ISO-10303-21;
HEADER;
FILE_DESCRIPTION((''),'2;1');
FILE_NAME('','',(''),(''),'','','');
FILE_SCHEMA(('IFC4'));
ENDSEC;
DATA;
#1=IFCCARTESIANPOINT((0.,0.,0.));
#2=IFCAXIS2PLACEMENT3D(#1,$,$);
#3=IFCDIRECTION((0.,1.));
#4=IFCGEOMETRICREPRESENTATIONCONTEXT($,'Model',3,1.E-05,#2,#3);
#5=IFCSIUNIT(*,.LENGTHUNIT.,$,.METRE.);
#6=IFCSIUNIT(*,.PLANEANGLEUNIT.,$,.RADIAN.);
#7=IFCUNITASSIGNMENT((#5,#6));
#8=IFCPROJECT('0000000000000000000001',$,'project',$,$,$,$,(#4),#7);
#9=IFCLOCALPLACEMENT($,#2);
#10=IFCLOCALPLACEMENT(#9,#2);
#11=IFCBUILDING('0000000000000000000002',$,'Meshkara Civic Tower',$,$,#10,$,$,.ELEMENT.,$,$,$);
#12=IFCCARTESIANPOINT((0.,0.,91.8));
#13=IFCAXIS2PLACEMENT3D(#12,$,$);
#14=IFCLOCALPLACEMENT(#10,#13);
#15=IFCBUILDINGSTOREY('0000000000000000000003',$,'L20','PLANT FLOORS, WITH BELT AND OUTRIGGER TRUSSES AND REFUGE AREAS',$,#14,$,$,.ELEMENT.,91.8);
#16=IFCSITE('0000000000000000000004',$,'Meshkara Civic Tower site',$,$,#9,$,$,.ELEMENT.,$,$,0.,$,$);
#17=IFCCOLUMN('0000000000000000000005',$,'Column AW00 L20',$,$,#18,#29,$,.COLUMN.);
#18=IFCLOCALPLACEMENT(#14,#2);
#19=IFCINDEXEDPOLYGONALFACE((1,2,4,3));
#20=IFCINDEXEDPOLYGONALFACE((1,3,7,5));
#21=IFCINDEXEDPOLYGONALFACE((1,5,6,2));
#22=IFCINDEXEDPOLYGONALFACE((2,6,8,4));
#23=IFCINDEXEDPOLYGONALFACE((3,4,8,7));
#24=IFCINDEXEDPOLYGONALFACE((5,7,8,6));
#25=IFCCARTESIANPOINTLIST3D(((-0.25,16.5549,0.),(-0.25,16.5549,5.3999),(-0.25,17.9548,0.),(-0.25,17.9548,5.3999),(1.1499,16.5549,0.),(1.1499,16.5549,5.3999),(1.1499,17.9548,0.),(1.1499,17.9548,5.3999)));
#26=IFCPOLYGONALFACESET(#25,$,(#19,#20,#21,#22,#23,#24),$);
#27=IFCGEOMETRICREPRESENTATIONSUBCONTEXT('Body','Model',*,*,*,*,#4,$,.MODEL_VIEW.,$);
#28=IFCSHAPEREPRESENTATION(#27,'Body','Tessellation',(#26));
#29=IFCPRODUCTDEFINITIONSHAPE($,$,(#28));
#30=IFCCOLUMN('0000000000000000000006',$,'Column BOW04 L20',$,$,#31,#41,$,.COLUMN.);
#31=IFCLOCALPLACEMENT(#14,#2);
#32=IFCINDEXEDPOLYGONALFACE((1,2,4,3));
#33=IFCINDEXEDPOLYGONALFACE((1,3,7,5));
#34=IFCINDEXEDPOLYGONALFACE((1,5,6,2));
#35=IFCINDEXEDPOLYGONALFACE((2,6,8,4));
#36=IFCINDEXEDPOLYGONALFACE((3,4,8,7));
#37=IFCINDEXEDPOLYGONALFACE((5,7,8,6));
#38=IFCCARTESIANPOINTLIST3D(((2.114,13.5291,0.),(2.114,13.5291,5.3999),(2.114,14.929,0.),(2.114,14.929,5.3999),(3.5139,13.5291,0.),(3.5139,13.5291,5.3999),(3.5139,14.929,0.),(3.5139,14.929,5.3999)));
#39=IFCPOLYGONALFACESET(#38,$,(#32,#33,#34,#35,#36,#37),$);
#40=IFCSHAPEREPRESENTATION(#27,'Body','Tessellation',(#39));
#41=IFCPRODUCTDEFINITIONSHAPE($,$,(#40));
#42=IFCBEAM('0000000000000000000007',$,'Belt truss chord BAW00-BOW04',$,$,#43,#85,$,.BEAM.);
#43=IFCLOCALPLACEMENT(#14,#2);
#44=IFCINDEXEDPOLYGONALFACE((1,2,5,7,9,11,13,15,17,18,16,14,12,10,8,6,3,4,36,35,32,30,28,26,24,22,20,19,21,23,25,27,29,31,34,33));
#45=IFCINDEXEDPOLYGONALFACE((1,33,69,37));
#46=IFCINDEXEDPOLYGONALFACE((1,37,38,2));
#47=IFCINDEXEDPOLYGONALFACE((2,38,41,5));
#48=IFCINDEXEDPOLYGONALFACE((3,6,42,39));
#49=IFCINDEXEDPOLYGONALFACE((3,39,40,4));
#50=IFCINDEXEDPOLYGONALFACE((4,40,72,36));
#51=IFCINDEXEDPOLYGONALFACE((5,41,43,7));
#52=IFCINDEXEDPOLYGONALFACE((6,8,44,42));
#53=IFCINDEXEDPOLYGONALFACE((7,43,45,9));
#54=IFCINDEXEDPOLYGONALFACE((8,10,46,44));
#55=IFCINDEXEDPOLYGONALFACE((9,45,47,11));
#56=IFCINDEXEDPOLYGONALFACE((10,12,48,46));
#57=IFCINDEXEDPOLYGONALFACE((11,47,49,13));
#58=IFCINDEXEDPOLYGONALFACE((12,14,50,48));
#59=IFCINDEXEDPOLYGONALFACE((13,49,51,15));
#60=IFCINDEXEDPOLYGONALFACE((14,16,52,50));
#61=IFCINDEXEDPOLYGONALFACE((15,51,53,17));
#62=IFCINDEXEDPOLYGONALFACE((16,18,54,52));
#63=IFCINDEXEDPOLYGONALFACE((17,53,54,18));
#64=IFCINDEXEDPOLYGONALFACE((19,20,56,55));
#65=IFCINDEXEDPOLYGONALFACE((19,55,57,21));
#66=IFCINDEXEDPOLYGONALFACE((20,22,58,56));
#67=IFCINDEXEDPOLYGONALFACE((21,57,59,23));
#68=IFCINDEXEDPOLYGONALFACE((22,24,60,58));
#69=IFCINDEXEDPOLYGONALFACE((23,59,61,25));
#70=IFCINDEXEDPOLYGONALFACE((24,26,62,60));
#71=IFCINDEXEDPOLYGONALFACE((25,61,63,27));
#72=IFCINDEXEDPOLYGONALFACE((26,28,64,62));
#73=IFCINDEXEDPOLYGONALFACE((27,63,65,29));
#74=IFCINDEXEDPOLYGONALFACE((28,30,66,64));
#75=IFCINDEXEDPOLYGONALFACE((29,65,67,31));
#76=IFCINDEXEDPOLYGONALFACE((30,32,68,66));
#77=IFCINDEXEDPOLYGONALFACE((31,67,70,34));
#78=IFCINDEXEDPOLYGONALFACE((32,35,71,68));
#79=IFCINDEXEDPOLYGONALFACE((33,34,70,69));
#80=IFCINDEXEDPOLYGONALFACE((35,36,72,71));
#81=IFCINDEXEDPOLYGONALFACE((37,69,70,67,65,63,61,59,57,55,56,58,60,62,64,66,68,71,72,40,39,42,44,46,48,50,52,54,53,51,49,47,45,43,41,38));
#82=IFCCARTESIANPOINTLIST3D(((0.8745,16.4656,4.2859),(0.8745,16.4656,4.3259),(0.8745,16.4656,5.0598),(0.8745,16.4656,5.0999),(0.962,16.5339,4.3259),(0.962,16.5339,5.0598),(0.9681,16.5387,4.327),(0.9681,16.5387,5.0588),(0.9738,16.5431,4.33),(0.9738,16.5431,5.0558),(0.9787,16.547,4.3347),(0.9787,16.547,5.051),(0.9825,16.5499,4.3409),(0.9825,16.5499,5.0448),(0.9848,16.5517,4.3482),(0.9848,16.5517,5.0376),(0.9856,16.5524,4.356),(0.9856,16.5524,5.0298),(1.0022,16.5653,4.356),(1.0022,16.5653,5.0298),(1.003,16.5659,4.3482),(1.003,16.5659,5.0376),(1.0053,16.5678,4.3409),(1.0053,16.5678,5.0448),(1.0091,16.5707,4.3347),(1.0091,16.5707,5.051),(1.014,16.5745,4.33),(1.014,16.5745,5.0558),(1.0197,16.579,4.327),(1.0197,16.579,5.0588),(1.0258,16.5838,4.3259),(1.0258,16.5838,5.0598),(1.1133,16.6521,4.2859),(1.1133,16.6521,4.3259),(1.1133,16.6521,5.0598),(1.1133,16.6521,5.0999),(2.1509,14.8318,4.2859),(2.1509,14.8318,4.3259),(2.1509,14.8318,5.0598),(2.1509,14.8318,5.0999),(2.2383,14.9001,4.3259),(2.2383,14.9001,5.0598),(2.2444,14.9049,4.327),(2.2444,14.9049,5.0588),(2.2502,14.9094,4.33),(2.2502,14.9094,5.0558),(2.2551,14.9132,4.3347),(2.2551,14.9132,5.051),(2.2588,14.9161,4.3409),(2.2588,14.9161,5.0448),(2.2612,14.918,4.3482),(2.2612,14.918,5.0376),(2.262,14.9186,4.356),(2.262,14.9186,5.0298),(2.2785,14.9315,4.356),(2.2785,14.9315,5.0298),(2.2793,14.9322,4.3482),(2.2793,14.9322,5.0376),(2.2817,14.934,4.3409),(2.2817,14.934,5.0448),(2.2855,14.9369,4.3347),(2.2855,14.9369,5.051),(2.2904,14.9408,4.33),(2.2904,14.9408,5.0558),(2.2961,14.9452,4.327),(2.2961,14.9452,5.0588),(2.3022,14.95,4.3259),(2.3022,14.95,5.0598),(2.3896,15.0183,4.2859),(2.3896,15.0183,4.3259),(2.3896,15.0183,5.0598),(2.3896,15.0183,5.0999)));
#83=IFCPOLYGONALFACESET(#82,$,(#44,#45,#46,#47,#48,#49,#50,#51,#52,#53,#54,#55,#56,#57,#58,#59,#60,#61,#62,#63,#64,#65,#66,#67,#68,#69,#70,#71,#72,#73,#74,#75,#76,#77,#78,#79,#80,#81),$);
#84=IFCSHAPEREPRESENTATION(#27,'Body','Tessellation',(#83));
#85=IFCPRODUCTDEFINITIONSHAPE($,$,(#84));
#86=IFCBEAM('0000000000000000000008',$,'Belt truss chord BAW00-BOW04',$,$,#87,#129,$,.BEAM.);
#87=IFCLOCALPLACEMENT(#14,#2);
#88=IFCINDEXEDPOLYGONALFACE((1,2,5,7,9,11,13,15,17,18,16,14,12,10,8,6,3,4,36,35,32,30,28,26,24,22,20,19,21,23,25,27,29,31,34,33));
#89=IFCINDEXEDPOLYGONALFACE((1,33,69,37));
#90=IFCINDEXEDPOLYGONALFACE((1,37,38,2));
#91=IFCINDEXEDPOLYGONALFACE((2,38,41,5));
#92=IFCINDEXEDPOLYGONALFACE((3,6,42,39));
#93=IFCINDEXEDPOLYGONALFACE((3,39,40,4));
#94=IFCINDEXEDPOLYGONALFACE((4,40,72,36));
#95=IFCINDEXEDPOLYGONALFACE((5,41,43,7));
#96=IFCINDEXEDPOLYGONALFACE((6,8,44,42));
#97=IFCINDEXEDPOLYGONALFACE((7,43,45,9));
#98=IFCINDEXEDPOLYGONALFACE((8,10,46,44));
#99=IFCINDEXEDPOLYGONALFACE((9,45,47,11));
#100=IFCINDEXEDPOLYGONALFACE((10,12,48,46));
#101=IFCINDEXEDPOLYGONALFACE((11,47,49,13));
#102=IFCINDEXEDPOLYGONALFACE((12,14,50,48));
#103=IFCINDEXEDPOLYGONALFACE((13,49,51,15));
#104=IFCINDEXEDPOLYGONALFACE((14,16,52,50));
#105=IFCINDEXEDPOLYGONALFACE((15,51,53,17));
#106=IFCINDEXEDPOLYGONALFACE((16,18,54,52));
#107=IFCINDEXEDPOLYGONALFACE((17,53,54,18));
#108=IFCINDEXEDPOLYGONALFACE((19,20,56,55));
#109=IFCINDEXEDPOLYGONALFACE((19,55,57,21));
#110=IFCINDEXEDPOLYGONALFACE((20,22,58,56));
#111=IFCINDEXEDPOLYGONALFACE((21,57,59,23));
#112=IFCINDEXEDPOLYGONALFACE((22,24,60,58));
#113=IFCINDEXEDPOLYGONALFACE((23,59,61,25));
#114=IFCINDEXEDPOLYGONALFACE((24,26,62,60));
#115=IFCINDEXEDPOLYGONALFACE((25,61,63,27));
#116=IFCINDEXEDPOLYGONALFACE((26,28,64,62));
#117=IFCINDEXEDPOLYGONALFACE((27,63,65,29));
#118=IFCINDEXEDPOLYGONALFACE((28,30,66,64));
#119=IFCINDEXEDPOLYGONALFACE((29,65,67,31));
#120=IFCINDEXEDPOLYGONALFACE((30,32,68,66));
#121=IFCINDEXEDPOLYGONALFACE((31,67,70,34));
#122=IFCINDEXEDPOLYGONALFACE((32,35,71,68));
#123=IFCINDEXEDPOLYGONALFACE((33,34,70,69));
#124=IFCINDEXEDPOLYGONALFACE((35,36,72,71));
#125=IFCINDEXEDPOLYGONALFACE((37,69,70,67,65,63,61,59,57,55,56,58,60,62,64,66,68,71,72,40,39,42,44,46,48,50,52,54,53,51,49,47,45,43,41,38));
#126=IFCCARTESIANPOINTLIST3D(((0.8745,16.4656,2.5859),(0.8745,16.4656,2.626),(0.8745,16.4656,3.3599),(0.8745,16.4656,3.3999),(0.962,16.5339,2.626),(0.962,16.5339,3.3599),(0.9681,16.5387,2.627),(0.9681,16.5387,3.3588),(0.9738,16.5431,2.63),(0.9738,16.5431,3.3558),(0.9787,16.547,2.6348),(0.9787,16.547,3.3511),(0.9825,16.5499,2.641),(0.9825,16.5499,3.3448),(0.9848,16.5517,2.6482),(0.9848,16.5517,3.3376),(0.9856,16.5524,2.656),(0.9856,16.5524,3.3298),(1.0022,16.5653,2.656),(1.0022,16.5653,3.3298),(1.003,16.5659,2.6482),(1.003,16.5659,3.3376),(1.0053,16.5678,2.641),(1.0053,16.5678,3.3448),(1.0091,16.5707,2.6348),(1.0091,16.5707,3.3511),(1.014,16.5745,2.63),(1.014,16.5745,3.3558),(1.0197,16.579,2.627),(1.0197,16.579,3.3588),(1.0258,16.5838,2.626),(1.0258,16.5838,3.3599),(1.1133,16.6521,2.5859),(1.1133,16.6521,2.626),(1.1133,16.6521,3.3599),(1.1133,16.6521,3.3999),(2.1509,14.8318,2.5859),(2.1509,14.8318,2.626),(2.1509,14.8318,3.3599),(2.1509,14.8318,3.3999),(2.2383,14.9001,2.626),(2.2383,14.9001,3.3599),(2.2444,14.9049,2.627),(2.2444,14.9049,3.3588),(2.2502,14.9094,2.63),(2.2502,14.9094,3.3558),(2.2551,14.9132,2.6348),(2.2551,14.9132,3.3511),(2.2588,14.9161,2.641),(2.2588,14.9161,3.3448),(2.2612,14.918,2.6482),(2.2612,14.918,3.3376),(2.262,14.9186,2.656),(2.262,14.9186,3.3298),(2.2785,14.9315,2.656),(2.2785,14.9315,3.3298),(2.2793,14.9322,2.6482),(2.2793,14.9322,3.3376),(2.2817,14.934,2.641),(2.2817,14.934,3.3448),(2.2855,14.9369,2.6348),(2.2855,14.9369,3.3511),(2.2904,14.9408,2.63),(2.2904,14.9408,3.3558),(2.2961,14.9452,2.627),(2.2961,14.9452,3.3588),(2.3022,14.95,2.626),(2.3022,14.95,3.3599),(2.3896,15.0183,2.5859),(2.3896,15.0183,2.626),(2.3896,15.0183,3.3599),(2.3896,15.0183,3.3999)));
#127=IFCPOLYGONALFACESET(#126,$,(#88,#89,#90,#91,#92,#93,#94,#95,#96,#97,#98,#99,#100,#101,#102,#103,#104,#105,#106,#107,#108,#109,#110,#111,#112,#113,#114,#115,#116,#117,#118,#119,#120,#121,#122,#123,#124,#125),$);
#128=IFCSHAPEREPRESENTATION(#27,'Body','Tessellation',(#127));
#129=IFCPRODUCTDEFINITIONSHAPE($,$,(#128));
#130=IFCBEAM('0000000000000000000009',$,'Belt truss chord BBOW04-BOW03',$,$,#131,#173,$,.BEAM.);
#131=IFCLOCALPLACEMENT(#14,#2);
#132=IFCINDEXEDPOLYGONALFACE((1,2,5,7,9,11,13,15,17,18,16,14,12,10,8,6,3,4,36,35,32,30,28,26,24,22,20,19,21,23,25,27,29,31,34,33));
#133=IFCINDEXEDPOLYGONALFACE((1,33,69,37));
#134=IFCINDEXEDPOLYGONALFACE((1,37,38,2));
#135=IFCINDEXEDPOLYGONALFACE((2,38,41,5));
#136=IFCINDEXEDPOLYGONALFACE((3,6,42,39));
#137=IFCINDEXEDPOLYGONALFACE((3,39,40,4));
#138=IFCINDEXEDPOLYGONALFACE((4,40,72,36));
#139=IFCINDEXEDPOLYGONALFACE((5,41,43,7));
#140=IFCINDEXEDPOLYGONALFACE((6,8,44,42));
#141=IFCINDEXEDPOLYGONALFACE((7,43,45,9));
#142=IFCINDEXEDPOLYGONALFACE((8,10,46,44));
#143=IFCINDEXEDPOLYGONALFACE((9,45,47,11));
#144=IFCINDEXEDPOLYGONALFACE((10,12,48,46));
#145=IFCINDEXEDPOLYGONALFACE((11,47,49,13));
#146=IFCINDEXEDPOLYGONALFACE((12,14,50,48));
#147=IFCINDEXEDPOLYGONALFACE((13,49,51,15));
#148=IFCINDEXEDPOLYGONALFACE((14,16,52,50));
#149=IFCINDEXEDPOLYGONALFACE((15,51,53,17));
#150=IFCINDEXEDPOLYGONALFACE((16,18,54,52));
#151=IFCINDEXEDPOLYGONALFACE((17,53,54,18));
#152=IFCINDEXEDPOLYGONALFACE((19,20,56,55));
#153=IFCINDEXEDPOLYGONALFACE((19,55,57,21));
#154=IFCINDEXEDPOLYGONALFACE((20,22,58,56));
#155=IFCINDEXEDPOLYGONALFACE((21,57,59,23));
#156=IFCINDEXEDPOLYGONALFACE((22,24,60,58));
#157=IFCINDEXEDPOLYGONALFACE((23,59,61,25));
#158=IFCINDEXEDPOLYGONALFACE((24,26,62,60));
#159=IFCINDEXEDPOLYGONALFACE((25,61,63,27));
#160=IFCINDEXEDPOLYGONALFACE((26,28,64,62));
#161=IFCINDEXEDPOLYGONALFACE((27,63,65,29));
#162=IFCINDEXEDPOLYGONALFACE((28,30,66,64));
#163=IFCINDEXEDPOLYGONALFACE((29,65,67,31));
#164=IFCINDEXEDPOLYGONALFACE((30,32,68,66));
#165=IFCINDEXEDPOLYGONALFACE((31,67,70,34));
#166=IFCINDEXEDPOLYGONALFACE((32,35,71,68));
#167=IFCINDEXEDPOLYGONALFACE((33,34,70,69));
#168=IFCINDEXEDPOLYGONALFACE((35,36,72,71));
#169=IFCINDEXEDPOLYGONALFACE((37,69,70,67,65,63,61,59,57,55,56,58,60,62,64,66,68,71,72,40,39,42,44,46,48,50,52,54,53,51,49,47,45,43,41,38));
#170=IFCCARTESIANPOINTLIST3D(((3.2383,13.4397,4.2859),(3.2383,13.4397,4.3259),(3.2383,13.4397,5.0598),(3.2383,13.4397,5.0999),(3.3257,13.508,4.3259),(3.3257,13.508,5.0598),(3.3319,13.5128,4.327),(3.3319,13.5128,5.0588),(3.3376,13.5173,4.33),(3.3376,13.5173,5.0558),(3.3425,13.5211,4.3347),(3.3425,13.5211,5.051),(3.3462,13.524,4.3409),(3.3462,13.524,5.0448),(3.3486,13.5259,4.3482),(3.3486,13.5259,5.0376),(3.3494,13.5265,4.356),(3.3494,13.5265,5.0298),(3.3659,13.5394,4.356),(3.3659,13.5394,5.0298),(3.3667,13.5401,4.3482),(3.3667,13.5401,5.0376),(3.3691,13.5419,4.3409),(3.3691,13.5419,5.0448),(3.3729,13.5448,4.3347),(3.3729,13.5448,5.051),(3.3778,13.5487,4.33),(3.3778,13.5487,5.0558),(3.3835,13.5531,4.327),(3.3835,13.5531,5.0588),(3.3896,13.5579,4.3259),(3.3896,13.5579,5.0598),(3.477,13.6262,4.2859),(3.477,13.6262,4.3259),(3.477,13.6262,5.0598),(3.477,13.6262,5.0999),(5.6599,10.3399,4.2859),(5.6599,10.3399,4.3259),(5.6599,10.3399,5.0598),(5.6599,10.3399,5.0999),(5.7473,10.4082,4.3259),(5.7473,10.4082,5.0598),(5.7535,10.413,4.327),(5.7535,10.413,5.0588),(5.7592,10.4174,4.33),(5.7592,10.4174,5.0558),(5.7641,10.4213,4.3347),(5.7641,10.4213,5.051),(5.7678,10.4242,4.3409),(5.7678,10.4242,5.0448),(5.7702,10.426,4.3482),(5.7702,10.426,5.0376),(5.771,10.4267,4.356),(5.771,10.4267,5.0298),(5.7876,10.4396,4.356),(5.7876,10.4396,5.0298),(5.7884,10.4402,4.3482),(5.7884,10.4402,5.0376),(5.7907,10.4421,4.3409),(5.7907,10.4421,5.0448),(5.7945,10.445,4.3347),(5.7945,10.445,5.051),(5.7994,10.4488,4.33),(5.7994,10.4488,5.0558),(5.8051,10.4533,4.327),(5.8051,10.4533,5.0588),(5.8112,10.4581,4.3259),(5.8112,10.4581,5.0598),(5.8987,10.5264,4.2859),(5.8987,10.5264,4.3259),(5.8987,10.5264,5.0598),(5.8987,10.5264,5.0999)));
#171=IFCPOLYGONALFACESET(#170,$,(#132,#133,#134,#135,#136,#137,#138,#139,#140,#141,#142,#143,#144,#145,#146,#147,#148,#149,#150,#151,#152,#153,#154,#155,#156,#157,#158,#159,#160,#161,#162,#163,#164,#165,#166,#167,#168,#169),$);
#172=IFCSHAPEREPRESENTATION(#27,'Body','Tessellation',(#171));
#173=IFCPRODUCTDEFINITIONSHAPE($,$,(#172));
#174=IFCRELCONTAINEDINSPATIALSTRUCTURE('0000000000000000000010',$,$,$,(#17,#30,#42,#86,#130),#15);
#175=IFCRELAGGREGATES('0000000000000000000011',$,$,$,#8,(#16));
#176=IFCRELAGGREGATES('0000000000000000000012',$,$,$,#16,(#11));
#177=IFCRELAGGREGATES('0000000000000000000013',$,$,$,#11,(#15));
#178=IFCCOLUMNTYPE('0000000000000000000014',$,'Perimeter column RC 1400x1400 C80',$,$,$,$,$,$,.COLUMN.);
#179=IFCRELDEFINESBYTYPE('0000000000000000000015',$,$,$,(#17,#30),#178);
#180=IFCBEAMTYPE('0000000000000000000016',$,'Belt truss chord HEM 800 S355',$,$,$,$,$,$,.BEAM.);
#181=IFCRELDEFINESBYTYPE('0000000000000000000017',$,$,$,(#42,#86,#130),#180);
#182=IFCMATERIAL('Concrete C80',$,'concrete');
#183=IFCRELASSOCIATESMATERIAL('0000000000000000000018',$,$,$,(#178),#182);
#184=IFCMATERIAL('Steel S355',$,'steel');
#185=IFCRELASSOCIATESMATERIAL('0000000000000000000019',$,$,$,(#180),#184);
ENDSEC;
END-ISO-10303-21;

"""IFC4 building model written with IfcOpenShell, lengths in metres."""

from ifc_helpers import new_model, si_unit, direction, frame, origin, origin_2d, place, context, subcontext, project, spatial, rectangle, i_section, extrude, material, material_profile, profile_set, type_object, element, save


model = new_model("IFC4")

# Units and contexts
model_context = context("Model", 3, precision=1e-05, world=origin(), true_north=direction((0.0, 1.0)))
body_context = subcontext(model_context, "Body", "Model", "MODEL_VIEW")
ifc_project = project(units=[si_unit("LENGTHUNIT", "METRE"), si_unit("PLANEANGLEUNIT", "RADIAN")], contexts=[model_context])

# Site, building, storey
site_placement = place(None, origin())
site = spatial("IfcSite", under=ifc_project, at=site_placement, Name="Meshkara Civic Tower site", CompositionType="ELEMENT", RefElevation=0.0)
building_placement = place(site_placement, origin())
building = spatial("IfcBuilding", under=site, at=building_placement, Name="Meshkara Civic Tower", CompositionType="ELEMENT")
storey_placement = place(building_placement, frame((0.0, 0.0, 91.8)))
storey = spatial("IfcBuildingStorey", under=building, at=storey_placement, Name="L20", Description="PLANT FLOORS, WITH BELT AND OUTRIGGER TRUSSES AND REFUGE AREAS", CompositionType="ELEMENT", Elevation=91.8)

# Columns
ifc_material_1 = material(Name="Concrete C80", Category="concrete")
ifc_material_profile_1 = material_profile(ifc_material_1, rectangle(XDim=1.3999, YDim=1.3999, at=origin_2d()))
ifc_profile_set_1 = profile_set([ifc_material_profile_1], Name="Concrete C80")
column_type = type_object("IfcColumnType", Name="Perimeter column RC 1400x1400 C80", PredefinedType="COLUMN", material=ifc_profile_set_1)
for number, where, z_axis, x_axis, name in (
    (1, (0.45, 17.2549, 0.0), (0.0, 0.0, 1.0), (1.0, 0.0, 0.0), "Column AW00 L20"),
    (2, (2.814, 14.229, 0.0), (0.0, 0.0, 1.0), (1.0, 0.0, 0.0), "Column BOW04 L20"),
):
    element("IfcColumn", number, at=place(storey_placement, frame(where, z_axis=z_axis, x_axis=x_axis)), inside=storey, type_object=column_type, Name=name, PredefinedType="COLUMN", context=body_context, shape_type="SweptSolid", body=[
        extrude(rectangle(XDim=1.3999, YDim=1.3999, at=origin_2d()), origin(), (0.0, 0.0, 1.0), 5.3999),
    ])

# Beams
ifc_material_2 = material(Name="Steel S355", Category="steel")
ifc_material_profile_2 = material_profile(ifc_material_2, i_section(OverallWidth=0.303, OverallDepth=0.814, WebThickness=0.021, FlangeThickness=0.04, FilletRadius=0.03, at=origin_2d()))
ifc_profile_set_2 = profile_set([ifc_material_profile_2], Name="Steel S355")
beam_type = type_object("IfcBeamType", Name="Belt truss chord HEM 800 S355", PredefinedType="BEAM", material=ifc_profile_set_2)
for number, where, z_axis, x_axis, name in (
    (3, (0.9939, 16.5588, 4.6929), (0.615635, -0.788032, 0.0), (0.788032, 0.615635, 0.0), "Belt truss chord BAW00-BOW04"),
    (4, (0.9939, 16.5588, 2.9929), (0.615635, -0.788032, 0.0), (0.788032, 0.615635, 0.0), "Belt truss chord BAW00-BOW04"),
):
    element("IfcBeam", number, at=place(storey_placement, frame(where, z_axis=z_axis, x_axis=x_axis)), inside=storey, type_object=beam_type, Name=name, PredefinedType="BEAM", context=body_context, shape_type="SweptSolid", body=[
        extrude(i_section(OverallWidth=0.303, OverallDepth=0.814, WebThickness=0.021, FlangeThickness=0.04, FilletRadius=0.03, at=origin_2d()), origin(), (0.0, 0.0, 1.0), 2.0732),
    ])
for number, where, z_axis, x_axis, name in (
    (5, (3.3577, 13.533, 4.6929), (0.615624, -0.78804, 0.0), (0.78804, 0.615624, 0.0), "Belt truss chord BBOW04-BOW03"),
):
    element("IfcBeam", number, at=place(storey_placement, frame(where, z_axis=z_axis, x_axis=x_axis)), inside=storey, type_object=beam_type, Name=name, PredefinedType="BEAM", context=body_context, shape_type="SweptSolid", body=[
        extrude(i_section(OverallWidth=0.303, OverallDepth=0.814, WebThickness=0.021, FlangeThickness=0.04, FilletRadius=0.03, at=origin_2d()), origin(), (0.0, 0.0, 1.0), 3.9336),
    ])

save(model, "model.ifc")
